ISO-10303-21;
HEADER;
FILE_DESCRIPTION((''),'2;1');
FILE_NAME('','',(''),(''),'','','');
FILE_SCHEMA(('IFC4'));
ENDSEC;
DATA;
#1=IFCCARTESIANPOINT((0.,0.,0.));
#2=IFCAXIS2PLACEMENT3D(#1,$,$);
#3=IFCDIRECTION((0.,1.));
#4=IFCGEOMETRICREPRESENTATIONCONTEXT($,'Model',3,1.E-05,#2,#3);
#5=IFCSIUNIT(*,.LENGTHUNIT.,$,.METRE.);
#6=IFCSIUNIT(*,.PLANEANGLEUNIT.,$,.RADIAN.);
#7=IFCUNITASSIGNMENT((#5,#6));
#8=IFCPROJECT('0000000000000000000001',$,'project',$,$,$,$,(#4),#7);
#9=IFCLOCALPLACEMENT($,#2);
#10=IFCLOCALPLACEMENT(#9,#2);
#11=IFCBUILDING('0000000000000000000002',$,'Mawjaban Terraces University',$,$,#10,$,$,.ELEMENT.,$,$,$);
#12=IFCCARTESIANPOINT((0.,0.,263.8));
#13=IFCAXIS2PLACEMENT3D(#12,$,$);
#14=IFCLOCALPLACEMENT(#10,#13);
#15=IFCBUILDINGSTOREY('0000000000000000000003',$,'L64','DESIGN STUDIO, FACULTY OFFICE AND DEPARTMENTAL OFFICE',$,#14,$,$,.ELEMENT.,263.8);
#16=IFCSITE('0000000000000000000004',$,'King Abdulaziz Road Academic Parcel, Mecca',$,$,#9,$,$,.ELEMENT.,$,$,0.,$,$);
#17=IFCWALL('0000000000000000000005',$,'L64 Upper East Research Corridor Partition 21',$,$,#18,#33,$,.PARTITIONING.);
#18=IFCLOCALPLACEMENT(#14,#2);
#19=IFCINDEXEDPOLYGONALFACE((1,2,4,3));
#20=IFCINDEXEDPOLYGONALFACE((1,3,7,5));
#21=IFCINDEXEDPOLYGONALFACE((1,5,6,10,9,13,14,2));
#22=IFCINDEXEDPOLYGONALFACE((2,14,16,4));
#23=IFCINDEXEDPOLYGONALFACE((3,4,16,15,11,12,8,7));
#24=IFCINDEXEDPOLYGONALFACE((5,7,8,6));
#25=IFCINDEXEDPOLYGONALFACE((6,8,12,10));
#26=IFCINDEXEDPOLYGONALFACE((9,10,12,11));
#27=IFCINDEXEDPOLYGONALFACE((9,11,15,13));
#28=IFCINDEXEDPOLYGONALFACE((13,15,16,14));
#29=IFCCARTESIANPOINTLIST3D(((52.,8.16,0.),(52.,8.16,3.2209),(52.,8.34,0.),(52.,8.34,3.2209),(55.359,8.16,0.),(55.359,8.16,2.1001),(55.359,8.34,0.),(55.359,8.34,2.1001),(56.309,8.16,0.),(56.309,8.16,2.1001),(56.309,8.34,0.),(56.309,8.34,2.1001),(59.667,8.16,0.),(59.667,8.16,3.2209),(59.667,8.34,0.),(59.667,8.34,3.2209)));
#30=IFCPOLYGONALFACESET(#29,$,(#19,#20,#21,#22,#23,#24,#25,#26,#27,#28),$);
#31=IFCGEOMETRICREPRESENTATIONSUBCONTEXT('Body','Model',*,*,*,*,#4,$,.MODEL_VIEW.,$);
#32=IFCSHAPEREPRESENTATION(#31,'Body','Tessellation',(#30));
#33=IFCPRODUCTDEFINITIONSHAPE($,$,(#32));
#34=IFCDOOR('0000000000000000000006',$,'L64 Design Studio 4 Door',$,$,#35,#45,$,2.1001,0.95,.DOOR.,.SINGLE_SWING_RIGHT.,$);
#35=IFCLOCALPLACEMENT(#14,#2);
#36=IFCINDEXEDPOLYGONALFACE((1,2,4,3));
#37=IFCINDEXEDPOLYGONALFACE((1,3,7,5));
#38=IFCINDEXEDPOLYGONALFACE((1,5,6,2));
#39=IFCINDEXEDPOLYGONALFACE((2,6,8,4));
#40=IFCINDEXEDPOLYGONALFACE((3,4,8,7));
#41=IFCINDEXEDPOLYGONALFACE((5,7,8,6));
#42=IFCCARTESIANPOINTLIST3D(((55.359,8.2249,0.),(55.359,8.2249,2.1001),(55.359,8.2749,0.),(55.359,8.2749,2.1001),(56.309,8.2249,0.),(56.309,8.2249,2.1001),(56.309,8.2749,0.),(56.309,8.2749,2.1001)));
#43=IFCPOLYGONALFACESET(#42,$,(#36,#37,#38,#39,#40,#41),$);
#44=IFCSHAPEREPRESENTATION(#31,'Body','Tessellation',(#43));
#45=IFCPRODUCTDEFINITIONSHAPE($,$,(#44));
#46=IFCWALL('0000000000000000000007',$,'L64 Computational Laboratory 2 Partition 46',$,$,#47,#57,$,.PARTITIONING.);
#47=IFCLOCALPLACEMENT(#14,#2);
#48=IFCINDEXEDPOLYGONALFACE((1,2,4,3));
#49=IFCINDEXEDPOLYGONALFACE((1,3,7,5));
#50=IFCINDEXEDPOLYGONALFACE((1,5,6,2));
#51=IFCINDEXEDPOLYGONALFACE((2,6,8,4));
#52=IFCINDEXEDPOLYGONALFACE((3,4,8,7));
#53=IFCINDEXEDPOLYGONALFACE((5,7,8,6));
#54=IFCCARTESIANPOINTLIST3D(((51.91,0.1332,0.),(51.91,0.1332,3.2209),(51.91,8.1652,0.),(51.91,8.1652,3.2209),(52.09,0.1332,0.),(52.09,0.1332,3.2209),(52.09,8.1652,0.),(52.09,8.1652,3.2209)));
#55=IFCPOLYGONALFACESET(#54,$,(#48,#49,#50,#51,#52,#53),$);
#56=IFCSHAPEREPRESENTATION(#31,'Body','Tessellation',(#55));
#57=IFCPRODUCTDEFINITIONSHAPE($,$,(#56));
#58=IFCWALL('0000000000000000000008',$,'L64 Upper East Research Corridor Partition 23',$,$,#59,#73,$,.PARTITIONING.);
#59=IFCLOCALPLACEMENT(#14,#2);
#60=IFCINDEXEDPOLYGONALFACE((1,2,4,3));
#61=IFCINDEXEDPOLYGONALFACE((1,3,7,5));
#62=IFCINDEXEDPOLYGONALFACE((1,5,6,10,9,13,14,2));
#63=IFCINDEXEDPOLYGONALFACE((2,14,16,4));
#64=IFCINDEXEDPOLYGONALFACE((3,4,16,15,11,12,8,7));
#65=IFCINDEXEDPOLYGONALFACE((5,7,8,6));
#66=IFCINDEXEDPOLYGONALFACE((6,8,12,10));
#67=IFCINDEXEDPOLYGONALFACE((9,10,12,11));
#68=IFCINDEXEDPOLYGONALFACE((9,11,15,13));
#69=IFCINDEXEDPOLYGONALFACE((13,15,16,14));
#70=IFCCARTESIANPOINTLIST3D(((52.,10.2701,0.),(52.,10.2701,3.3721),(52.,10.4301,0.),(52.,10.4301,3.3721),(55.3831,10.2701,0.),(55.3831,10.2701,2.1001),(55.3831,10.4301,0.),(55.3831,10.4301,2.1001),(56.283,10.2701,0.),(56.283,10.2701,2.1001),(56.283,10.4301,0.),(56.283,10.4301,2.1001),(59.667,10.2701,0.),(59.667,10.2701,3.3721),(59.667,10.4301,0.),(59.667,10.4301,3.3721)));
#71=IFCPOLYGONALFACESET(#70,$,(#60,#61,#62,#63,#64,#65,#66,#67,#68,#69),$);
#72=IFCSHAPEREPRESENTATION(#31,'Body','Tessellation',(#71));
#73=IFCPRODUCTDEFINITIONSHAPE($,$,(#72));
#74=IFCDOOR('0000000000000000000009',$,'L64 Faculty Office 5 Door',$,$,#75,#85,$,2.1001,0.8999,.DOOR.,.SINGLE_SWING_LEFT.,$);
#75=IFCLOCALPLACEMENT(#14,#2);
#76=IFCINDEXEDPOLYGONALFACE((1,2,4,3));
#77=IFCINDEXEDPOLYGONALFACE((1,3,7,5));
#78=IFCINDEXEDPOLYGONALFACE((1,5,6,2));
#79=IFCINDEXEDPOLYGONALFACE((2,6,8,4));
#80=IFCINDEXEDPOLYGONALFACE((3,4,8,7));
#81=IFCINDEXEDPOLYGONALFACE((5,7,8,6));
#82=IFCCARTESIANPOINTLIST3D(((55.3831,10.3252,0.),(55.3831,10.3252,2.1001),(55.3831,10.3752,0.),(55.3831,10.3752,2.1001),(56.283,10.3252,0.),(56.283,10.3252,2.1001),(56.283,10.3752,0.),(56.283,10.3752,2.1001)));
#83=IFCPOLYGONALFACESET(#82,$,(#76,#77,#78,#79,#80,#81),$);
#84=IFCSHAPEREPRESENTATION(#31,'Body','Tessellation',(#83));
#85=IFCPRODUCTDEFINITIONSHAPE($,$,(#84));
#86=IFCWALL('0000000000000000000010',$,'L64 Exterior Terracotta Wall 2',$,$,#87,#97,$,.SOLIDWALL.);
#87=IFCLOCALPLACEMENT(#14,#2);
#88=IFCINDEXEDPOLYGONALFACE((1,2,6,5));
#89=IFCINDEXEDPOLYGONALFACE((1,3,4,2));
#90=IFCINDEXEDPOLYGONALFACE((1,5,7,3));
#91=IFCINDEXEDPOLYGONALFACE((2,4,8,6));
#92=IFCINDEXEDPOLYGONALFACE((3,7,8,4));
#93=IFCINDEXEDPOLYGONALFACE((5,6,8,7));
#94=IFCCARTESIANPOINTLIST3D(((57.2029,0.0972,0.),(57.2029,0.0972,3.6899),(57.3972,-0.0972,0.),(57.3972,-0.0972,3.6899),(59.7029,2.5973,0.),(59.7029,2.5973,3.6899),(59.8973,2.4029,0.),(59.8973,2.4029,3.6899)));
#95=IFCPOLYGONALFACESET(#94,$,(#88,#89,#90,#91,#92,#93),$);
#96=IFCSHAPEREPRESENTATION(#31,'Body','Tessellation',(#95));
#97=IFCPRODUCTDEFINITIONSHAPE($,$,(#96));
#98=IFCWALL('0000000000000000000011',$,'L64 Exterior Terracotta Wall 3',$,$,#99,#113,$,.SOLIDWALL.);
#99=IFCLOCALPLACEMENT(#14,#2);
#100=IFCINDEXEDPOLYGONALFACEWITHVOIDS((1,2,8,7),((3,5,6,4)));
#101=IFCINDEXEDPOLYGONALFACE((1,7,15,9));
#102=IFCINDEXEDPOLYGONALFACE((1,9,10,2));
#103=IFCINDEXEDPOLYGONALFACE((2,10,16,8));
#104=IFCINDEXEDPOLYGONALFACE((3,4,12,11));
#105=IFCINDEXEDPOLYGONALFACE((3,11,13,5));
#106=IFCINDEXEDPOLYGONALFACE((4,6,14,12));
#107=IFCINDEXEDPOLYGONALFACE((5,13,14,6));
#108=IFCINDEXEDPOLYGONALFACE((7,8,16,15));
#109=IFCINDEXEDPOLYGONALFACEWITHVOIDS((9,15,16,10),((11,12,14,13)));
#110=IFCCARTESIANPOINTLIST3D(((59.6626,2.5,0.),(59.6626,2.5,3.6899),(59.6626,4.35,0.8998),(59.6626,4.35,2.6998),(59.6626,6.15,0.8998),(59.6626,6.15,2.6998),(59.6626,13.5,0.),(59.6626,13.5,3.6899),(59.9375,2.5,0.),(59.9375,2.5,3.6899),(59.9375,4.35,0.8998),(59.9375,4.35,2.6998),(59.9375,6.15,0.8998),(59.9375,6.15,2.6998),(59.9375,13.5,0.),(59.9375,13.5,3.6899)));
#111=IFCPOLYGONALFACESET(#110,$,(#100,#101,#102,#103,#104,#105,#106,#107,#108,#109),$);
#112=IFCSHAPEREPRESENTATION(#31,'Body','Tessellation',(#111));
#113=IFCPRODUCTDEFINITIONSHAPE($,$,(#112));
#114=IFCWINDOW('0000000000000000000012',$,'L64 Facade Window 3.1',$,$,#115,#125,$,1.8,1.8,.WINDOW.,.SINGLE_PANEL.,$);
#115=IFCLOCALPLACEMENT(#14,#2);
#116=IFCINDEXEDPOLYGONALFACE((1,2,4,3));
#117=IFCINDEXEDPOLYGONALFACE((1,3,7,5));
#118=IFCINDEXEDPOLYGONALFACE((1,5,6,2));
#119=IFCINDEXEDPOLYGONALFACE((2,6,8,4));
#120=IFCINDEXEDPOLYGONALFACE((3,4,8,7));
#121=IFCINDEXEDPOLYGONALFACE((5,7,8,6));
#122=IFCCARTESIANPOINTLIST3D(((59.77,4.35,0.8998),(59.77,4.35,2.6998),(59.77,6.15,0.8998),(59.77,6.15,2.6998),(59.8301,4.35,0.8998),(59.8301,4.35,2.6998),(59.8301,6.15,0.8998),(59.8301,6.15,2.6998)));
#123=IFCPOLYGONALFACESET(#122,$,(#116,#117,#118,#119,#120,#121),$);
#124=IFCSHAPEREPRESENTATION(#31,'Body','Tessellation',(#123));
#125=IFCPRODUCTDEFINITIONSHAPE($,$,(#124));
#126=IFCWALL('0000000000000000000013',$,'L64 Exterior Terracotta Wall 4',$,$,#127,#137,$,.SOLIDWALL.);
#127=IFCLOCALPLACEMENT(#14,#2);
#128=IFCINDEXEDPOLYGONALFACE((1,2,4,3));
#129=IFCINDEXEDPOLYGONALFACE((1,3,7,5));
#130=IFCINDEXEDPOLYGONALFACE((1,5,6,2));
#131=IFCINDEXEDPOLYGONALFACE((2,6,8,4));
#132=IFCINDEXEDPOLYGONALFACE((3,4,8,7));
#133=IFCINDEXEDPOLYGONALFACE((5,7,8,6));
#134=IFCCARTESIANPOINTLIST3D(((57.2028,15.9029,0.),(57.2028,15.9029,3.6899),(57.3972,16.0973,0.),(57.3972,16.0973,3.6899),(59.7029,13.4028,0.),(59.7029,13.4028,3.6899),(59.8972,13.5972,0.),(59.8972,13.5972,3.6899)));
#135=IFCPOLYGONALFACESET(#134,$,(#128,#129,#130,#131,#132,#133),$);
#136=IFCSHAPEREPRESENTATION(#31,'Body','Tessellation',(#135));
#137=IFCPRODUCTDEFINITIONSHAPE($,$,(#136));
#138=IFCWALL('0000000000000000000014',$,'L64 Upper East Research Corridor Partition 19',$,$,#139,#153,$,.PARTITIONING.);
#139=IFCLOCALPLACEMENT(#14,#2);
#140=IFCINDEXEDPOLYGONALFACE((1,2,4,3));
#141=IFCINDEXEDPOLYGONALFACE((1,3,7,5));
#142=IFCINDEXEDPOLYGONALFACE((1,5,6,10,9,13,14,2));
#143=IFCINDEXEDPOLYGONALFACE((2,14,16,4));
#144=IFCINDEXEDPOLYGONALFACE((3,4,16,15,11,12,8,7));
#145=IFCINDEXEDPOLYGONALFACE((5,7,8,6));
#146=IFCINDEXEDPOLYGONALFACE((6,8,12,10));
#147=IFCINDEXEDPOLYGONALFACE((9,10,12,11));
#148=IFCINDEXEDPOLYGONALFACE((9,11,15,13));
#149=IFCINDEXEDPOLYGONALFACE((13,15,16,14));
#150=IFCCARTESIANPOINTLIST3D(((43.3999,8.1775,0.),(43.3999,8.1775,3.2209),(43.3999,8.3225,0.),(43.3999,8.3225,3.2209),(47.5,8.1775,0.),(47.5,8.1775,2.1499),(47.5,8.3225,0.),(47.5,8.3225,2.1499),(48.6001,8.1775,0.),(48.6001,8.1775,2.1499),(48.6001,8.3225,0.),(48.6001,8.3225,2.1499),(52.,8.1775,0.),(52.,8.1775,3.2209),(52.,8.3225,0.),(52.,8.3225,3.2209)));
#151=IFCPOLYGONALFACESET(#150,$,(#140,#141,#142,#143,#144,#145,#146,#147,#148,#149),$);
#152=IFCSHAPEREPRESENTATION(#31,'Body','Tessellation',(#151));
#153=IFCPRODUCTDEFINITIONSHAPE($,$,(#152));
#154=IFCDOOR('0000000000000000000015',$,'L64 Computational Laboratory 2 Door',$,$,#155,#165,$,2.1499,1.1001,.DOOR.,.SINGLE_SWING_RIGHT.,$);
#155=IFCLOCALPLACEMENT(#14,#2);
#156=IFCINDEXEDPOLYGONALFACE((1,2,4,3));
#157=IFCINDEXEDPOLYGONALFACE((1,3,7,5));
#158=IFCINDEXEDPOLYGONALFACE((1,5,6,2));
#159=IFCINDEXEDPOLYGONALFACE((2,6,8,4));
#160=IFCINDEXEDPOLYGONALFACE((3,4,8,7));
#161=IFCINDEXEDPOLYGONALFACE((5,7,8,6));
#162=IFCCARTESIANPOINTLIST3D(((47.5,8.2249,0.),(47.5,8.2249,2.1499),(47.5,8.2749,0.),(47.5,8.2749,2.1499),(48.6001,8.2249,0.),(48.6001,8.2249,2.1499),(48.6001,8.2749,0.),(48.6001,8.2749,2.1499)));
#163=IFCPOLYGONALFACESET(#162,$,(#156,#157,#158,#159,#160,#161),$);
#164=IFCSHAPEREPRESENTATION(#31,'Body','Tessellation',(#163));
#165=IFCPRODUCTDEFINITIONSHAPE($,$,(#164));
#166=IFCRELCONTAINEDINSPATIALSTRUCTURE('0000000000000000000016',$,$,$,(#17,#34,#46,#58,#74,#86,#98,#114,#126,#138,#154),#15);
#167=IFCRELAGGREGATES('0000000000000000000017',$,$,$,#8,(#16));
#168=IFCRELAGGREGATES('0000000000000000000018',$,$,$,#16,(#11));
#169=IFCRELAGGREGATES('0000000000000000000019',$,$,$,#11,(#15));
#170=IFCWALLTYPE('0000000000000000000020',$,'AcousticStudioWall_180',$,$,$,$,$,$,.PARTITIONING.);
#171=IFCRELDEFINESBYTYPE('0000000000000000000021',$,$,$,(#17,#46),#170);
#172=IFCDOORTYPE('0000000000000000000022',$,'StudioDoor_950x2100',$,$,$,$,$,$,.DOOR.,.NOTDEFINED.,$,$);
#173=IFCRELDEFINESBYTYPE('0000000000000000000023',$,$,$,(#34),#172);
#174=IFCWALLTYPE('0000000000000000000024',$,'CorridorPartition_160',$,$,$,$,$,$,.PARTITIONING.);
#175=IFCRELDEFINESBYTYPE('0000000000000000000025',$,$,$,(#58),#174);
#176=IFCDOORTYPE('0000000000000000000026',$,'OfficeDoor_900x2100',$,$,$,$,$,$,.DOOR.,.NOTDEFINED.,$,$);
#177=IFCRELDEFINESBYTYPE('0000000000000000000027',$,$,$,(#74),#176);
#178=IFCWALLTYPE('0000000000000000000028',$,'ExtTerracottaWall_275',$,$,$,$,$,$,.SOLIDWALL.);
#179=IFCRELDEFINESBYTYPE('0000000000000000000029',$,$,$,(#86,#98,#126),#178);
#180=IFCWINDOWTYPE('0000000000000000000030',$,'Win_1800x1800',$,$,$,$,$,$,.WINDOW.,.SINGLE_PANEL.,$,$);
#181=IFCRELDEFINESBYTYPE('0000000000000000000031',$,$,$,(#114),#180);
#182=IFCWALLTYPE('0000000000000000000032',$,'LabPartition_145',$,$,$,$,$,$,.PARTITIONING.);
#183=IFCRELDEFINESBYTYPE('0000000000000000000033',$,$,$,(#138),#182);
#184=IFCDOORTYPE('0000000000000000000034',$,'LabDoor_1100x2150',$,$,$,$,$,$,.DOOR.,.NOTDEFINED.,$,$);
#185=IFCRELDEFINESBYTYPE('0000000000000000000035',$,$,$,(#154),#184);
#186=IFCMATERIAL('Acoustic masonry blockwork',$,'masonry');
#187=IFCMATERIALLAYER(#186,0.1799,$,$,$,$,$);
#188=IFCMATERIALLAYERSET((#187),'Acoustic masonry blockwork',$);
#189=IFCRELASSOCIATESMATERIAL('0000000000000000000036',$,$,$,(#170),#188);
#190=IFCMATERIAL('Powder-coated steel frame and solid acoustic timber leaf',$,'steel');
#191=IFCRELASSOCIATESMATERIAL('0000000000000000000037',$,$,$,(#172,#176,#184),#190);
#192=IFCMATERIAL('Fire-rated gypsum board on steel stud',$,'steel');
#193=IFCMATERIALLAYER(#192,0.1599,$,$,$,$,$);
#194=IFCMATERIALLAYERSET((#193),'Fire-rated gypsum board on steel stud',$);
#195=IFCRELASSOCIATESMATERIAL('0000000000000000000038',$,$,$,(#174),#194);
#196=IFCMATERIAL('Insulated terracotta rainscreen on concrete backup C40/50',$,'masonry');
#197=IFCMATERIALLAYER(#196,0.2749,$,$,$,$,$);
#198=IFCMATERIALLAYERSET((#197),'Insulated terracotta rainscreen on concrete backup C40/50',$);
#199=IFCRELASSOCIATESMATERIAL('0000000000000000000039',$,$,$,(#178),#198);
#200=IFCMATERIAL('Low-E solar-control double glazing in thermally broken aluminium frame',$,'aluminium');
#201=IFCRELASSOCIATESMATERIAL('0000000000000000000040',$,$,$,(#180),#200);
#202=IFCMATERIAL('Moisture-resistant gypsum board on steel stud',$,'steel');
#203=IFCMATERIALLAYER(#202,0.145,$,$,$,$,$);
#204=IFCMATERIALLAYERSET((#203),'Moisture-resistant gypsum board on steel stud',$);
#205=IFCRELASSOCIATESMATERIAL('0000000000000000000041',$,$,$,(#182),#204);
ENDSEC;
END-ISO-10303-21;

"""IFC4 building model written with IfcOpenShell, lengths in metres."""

from ifc_helpers import new_model, si_unit, direction, frame, frame_2d, origin, place, context, subcontext, project, spatial, rectangle, extrude, material, layer, layer_set, type_object, element, fill, save


model = new_model("IFC4")

# Units and contexts
model_context = context("Model", 3, precision=1e-05, world=origin(), true_north=direction((0.0, 1.0)))
body_context = subcontext(model_context, "Body", "Model", "MODEL_VIEW")
ifc_project = project(units=[si_unit("LENGTHUNIT", "METRE"), si_unit("PLANEANGLEUNIT", "RADIAN")], contexts=[model_context])

# Site, building, storey
site_placement = place(None, origin())
site = spatial("IfcSite", under=ifc_project, at=site_placement, Name="King Abdulaziz Road Academic Parcel, Mecca", CompositionType="ELEMENT", RefElevation=0.0)
building_placement = place(site_placement, origin())
building = spatial("IfcBuilding", under=site, at=building_placement, Name="Mawjaban Terraces University", CompositionType="ELEMENT")
storey_placement = place(building_placement, frame((0.0, 0.0, 263.8)))
storey = spatial("IfcBuildingStorey", under=building, at=storey_placement, Name="L64", Description="DESIGN STUDIO, FACULTY OFFICE AND DEPARTMENTAL OFFICE", CompositionType="ELEMENT", Elevation=263.8)

# Wall, opening, door
ifc_material_1 = material(Name="Acoustic masonry blockwork", Category="masonry")
ifc_layer_1 = layer(ifc_material_1, 0.1799)
ifc_layer_set_1 = layer_set([ifc_layer_1], Name="Acoustic masonry blockwork")
wall_type_1 = type_object("IfcWallType", Name="AcousticStudioWall_180", PredefinedType="PARTITIONING", material=ifc_layer_set_1)
wall_1_placement = place(storey_placement, frame((52.0, 8.25, 0.0), z_axis=(0.0, 0.0, 1.0), x_axis=(1.0, 0.0, 0.0)))
wall_1 = element("IfcWall", 1, at=wall_1_placement, inside=storey, type_object=wall_type_1, Name="L64 Upper East Research Corridor Partition 21", PredefinedType="PARTITIONING", context=body_context, shape_type="SweptSolid", body=[
    extrude(rectangle(XDim=7.667, YDim=0.1799, at=frame_2d((3.8335, 0.0))), origin(), (0.0, 0.0, 1.0), 3.2209),
])
opening_1_placement = place(wall_1_placement, frame((3.3589, 0.0, 0.0)))
opening_1 = element("IfcOpeningElement", 2, at=opening_1_placement, cuts=wall_1, PredefinedType="OPENING", context=body_context, shape_type="SweptSolid", body=[
    extrude(rectangle(XDim=0.95, YDim=2.1001, at=frame_2d((0.4751, 1.05))), frame((0.0, 0.0999, 0.0), z_axis=(0.0, -1.0, 0.0), x_axis=(1.0, 0.0, 0.0)), (0.0, 0.0, 1.0), 0.2),
])
ifc_material_2 = material(Name="Powder-coated steel frame and solid acoustic timber leaf", Category="steel")
door_type_1 = type_object("IfcDoorType", Name="StudioDoor_950x2100", OperationType="NOTDEFINED", PredefinedType="DOOR", material=ifc_material_2)
door_1_placement = place(opening_1_placement, origin())
door_1 = element("IfcDoor", 3, at=door_1_placement, inside=storey, type_object=door_type_1, Name="L64 Design Studio 4 Door", OperationType="SINGLE_SWING_RIGHT", OverallHeight=2.1001, OverallWidth=0.95, PredefinedType="DOOR", context=body_context, shape_type="SweptSolid", body=[
    extrude(rectangle(XDim=0.95, YDim=2.1001, at=frame_2d((0.4751, 1.05))), frame((0.0, 0.0249, 0.0), z_axis=(0.0, -1.0, 0.0), x_axis=(1.0, 0.0, 0.0)), (0.0, 0.0, 1.0), 0.05),
])
fill(opening_1, door_1)

# Wall
wall_2_placement = place(storey_placement, frame((52.0, 0.1331, 0.0), z_axis=(0.0, 0.0, 1.0), x_axis=(0.0, 1.0, 0.0)))
element("IfcWall", 4, at=wall_2_placement, inside=storey, type_object=wall_type_1, Name="L64 Computational Laboratory 2 Partition 46", PredefinedType="PARTITIONING", context=body_context, shape_type="SweptSolid", body=[
    extrude(rectangle(XDim=8.032, YDim=0.1799, at=frame_2d((4.0161, 0.0))), origin(), (0.0, 0.0, 1.0), 3.2209),
])

# Wall, opening, door
ifc_material_3 = material(Name="Fire-rated gypsum board on steel stud", Category="steel")
ifc_layer_2 = layer(ifc_material_3, 0.1599)
ifc_layer_set_2 = layer_set([ifc_layer_2], Name="Fire-rated gypsum board on steel stud")
wall_type_2 = type_object("IfcWallType", Name="CorridorPartition_160", PredefinedType="PARTITIONING", material=ifc_layer_set_2)
wall_3_placement = place(storey_placement, frame((59.667, 10.3501, 0.0), z_axis=(0.0, 0.0, 1.0), x_axis=(-1.0, 0.0, 0.0)))
wall_3 = element("IfcWall", 5, at=wall_3_placement, inside=storey, type_object=wall_type_2, Name="L64 Upper East Research Corridor Partition 23", PredefinedType="PARTITIONING", context=body_context, shape_type="SweptSolid", body=[
    extrude(rectangle(XDim=7.667, YDim=0.1599, at=frame_2d((3.8335, 0.0))), origin(), (0.0, 0.0, 1.0), 3.3721),
])
opening_2_placement = place(wall_3_placement, frame((3.384, 0.0, 0.0)))
opening_2 = element("IfcOpeningElement", 6, at=opening_2_placement, cuts=wall_3, PredefinedType="OPENING", context=body_context, shape_type="SweptSolid", body=[
    extrude(rectangle(XDim=0.8999, YDim=2.1001, at=frame_2d((0.45, 1.05))), frame((0.0, 0.0898, 0.0), z_axis=(0.0, -1.0, 0.0), x_axis=(1.0, 0.0, 0.0)), (0.0, 0.0, 1.0), 0.1799),
])
door_type_2 = type_object("IfcDoorType", Name="OfficeDoor_900x2100", OperationType="NOTDEFINED", PredefinedType="DOOR", material=ifc_material_2)
door_2_placement = place(opening_2_placement, origin())
door_2 = element("IfcDoor", 7, at=door_2_placement, inside=storey, type_object=door_type_2, Name="L64 Faculty Office 5 Door", OperationType="SINGLE_SWING_LEFT", OverallHeight=2.1001, OverallWidth=0.8999, PredefinedType="DOOR", context=body_context, shape_type="SweptSolid", body=[
    extrude(rectangle(XDim=0.8999, YDim=2.1001, at=frame_2d((0.45, 1.05))), frame((0.0, 0.0249, 0.0), z_axis=(0.0, -1.0, 0.0), x_axis=(1.0, 0.0, 0.0)), (0.0, 0.0, 1.0), 0.05),
])
fill(opening_2, door_2)

# Wall
ifc_material_4 = material(Name="Insulated terracotta rainscreen on concrete backup C40/50", Category="masonry")
ifc_layer_3 = layer(ifc_material_4, 0.2749)
ifc_layer_set_3 = layer_set([ifc_layer_3], Name="Insulated terracotta rainscreen on concrete backup C40/50")
wall_type_3 = type_object("IfcWallType", Name="ExtTerracottaWall_275", PredefinedType="SOLIDWALL", material=ifc_layer_set_3)
wall_4_placement = place(storey_placement, frame((57.3, 0.0, 0.0), z_axis=(0.0, 0.0, 1.0), x_axis=(0.707107, 0.707107, 0.0)))
element("IfcWall", 8, at=wall_4_placement, inside=storey, type_object=wall_type_3, Name="L64 Exterior Terracotta Wall 2", PredefinedType="SOLIDWALL", context=body_context, shape_type="SweptSolid", body=[
    extrude(rectangle(XDim=3.5356, YDim=0.2749, at=frame_2d((1.7678, 0.0))), origin(), (0.0, 0.0, 1.0), 3.6899),
])

# Wall, opening, window
wall_5_placement = place(storey_placement, frame((59.8, 2.5, 0.0), z_axis=(0.0, 0.0, 1.0), x_axis=(0.0, 1.0, 0.0)))
wall_5 = element("IfcWall", 9, at=wall_5_placement, inside=storey, type_object=wall_type_3, Name="L64 Exterior Terracotta Wall 3", PredefinedType="SOLIDWALL", context=body_context, shape_type="SweptSolid", body=[
    extrude(rectangle(XDim=11.0, YDim=0.2749, at=frame_2d((5.5, 0.0))), origin(), (0.0, 0.0, 1.0), 3.6899),
])
opening_3_placement = place(wall_5_placement, frame((1.8501, 0.0, 0.8999)))
opening_3 = element("IfcOpeningElement", 10, at=opening_3_placement, cuts=wall_5, PredefinedType="OPENING", context=body_context, shape_type="SweptSolid", body=[
    extrude(rectangle(XDim=1.8, YDim=1.8, at=frame_2d((0.8999, 0.8999))), frame((0.0, 0.1475, 0.0), z_axis=(0.0, -1.0, 0.0), x_axis=(1.0, 0.0, 0.0)), (0.0, 0.0, 1.0), 0.2949),
])
ifc_material_5 = material(Name="Low-E solar-control double glazing in thermally broken aluminium frame", Category="aluminium")
window_type = type_object("IfcWindowType", Name="Win_1800x1800", PartitioningType="SINGLE_PANEL", PredefinedType="WINDOW", material=ifc_material_5)
window_placement = place(opening_3_placement, origin())
window = element("IfcWindow", 11, at=window_placement, inside=storey, type_object=window_type, Name="L64 Facade Window 3.1", OverallHeight=1.8, OverallWidth=1.8, PartitioningType="SINGLE_PANEL", PredefinedType="WINDOW", context=body_context, shape_type="SweptSolid", body=[
    extrude(rectangle(XDim=1.8, YDim=1.8, at=frame_2d((0.8999, 0.8999))), frame((0.0, 0.03, 0.0), z_axis=(0.0, -1.0, 0.0), x_axis=(1.0, 0.0, 0.0)), (0.0, 0.0, 1.0), 0.0601),
])
fill(opening_3, window)

# Wall
wall_6_placement = place(storey_placement, frame((59.8, 13.5, 0.0), z_axis=(0.0, 0.0, 1.0), x_axis=(-0.707107, 0.707107, 0.0)))
element("IfcWall", 12, at=wall_6_placement, inside=storey, type_object=wall_type_3, Name="L64 Exterior Terracotta Wall 4", PredefinedType="SOLIDWALL", context=body_context, shape_type="SweptSolid", body=[
    extrude(rectangle(XDim=3.5356, YDim=0.2749, at=frame_2d((1.7678, 0.0))), origin(), (0.0, 0.0, 1.0), 3.6899),
])

# Wall, opening, door
ifc_material_6 = material(Name="Moisture-resistant gypsum board on steel stud", Category="steel")
ifc_layer_4 = layer(ifc_material_6, 0.145)
ifc_layer_set_4 = layer_set([ifc_layer_4], Name="Moisture-resistant gypsum board on steel stud")
wall_type_4 = type_object("IfcWallType", Name="LabPartition_145", PredefinedType="PARTITIONING", material=ifc_layer_set_4)
wall_7_placement = place(storey_placement, frame((43.3999, 8.25, 0.0), z_axis=(0.0, 0.0, 1.0), x_axis=(1.0, 0.0, 0.0)))
wall_7 = element("IfcWall", 13, at=wall_7_placement, inside=storey, type_object=wall_type_4, Name="L64 Upper East Research Corridor Partition 19", PredefinedType="PARTITIONING", context=body_context, shape_type="SweptSolid", body=[
    extrude(rectangle(XDim=8.6001, YDim=0.145, at=frame_2d((4.3, 0.0))), origin(), (0.0, 0.0, 1.0), 3.2209),
])
opening_4_placement = place(wall_7_placement, frame((4.1001, 0.0, 0.0)))
opening_4 = element("IfcOpeningElement", 14, at=opening_4_placement, cuts=wall_7, PredefinedType="OPENING", context=body_context, shape_type="SweptSolid", body=[
    extrude(rectangle(XDim=1.1001, YDim=2.1499, at=frame_2d((0.55, 1.075))), frame((0.0, 0.0825, 0.0), z_axis=(0.0, -1.0, 0.0), x_axis=(1.0, 0.0, 0.0)), (0.0, 0.0, 1.0), 0.165),
])
door_type_3 = type_object("IfcDoorType", Name="LabDoor_1100x2150", OperationType="NOTDEFINED", PredefinedType="DOOR", material=ifc_material_2)
door_3_placement = place(opening_4_placement, origin())
door_3 = element("IfcDoor", 15, at=door_3_placement, inside=storey, type_object=door_type_3, Name="L64 Computational Laboratory 2 Door", OperationType="SINGLE_SWING_RIGHT", OverallHeight=2.1499, OverallWidth=1.1001, PredefinedType="DOOR", context=body_context, shape_type="SweptSolid", body=[
    extrude(rectangle(XDim=1.1001, YDim=2.1499, at=frame_2d((0.55, 1.075))), frame((0.0, 0.0249, 0.0), z_axis=(0.0, -1.0, 0.0), x_axis=(1.0, 0.0, 0.0)), (0.0, 0.0, 1.0), 0.05),
])
fill(opening_4, door_3)

save(model, "model.ifc")
